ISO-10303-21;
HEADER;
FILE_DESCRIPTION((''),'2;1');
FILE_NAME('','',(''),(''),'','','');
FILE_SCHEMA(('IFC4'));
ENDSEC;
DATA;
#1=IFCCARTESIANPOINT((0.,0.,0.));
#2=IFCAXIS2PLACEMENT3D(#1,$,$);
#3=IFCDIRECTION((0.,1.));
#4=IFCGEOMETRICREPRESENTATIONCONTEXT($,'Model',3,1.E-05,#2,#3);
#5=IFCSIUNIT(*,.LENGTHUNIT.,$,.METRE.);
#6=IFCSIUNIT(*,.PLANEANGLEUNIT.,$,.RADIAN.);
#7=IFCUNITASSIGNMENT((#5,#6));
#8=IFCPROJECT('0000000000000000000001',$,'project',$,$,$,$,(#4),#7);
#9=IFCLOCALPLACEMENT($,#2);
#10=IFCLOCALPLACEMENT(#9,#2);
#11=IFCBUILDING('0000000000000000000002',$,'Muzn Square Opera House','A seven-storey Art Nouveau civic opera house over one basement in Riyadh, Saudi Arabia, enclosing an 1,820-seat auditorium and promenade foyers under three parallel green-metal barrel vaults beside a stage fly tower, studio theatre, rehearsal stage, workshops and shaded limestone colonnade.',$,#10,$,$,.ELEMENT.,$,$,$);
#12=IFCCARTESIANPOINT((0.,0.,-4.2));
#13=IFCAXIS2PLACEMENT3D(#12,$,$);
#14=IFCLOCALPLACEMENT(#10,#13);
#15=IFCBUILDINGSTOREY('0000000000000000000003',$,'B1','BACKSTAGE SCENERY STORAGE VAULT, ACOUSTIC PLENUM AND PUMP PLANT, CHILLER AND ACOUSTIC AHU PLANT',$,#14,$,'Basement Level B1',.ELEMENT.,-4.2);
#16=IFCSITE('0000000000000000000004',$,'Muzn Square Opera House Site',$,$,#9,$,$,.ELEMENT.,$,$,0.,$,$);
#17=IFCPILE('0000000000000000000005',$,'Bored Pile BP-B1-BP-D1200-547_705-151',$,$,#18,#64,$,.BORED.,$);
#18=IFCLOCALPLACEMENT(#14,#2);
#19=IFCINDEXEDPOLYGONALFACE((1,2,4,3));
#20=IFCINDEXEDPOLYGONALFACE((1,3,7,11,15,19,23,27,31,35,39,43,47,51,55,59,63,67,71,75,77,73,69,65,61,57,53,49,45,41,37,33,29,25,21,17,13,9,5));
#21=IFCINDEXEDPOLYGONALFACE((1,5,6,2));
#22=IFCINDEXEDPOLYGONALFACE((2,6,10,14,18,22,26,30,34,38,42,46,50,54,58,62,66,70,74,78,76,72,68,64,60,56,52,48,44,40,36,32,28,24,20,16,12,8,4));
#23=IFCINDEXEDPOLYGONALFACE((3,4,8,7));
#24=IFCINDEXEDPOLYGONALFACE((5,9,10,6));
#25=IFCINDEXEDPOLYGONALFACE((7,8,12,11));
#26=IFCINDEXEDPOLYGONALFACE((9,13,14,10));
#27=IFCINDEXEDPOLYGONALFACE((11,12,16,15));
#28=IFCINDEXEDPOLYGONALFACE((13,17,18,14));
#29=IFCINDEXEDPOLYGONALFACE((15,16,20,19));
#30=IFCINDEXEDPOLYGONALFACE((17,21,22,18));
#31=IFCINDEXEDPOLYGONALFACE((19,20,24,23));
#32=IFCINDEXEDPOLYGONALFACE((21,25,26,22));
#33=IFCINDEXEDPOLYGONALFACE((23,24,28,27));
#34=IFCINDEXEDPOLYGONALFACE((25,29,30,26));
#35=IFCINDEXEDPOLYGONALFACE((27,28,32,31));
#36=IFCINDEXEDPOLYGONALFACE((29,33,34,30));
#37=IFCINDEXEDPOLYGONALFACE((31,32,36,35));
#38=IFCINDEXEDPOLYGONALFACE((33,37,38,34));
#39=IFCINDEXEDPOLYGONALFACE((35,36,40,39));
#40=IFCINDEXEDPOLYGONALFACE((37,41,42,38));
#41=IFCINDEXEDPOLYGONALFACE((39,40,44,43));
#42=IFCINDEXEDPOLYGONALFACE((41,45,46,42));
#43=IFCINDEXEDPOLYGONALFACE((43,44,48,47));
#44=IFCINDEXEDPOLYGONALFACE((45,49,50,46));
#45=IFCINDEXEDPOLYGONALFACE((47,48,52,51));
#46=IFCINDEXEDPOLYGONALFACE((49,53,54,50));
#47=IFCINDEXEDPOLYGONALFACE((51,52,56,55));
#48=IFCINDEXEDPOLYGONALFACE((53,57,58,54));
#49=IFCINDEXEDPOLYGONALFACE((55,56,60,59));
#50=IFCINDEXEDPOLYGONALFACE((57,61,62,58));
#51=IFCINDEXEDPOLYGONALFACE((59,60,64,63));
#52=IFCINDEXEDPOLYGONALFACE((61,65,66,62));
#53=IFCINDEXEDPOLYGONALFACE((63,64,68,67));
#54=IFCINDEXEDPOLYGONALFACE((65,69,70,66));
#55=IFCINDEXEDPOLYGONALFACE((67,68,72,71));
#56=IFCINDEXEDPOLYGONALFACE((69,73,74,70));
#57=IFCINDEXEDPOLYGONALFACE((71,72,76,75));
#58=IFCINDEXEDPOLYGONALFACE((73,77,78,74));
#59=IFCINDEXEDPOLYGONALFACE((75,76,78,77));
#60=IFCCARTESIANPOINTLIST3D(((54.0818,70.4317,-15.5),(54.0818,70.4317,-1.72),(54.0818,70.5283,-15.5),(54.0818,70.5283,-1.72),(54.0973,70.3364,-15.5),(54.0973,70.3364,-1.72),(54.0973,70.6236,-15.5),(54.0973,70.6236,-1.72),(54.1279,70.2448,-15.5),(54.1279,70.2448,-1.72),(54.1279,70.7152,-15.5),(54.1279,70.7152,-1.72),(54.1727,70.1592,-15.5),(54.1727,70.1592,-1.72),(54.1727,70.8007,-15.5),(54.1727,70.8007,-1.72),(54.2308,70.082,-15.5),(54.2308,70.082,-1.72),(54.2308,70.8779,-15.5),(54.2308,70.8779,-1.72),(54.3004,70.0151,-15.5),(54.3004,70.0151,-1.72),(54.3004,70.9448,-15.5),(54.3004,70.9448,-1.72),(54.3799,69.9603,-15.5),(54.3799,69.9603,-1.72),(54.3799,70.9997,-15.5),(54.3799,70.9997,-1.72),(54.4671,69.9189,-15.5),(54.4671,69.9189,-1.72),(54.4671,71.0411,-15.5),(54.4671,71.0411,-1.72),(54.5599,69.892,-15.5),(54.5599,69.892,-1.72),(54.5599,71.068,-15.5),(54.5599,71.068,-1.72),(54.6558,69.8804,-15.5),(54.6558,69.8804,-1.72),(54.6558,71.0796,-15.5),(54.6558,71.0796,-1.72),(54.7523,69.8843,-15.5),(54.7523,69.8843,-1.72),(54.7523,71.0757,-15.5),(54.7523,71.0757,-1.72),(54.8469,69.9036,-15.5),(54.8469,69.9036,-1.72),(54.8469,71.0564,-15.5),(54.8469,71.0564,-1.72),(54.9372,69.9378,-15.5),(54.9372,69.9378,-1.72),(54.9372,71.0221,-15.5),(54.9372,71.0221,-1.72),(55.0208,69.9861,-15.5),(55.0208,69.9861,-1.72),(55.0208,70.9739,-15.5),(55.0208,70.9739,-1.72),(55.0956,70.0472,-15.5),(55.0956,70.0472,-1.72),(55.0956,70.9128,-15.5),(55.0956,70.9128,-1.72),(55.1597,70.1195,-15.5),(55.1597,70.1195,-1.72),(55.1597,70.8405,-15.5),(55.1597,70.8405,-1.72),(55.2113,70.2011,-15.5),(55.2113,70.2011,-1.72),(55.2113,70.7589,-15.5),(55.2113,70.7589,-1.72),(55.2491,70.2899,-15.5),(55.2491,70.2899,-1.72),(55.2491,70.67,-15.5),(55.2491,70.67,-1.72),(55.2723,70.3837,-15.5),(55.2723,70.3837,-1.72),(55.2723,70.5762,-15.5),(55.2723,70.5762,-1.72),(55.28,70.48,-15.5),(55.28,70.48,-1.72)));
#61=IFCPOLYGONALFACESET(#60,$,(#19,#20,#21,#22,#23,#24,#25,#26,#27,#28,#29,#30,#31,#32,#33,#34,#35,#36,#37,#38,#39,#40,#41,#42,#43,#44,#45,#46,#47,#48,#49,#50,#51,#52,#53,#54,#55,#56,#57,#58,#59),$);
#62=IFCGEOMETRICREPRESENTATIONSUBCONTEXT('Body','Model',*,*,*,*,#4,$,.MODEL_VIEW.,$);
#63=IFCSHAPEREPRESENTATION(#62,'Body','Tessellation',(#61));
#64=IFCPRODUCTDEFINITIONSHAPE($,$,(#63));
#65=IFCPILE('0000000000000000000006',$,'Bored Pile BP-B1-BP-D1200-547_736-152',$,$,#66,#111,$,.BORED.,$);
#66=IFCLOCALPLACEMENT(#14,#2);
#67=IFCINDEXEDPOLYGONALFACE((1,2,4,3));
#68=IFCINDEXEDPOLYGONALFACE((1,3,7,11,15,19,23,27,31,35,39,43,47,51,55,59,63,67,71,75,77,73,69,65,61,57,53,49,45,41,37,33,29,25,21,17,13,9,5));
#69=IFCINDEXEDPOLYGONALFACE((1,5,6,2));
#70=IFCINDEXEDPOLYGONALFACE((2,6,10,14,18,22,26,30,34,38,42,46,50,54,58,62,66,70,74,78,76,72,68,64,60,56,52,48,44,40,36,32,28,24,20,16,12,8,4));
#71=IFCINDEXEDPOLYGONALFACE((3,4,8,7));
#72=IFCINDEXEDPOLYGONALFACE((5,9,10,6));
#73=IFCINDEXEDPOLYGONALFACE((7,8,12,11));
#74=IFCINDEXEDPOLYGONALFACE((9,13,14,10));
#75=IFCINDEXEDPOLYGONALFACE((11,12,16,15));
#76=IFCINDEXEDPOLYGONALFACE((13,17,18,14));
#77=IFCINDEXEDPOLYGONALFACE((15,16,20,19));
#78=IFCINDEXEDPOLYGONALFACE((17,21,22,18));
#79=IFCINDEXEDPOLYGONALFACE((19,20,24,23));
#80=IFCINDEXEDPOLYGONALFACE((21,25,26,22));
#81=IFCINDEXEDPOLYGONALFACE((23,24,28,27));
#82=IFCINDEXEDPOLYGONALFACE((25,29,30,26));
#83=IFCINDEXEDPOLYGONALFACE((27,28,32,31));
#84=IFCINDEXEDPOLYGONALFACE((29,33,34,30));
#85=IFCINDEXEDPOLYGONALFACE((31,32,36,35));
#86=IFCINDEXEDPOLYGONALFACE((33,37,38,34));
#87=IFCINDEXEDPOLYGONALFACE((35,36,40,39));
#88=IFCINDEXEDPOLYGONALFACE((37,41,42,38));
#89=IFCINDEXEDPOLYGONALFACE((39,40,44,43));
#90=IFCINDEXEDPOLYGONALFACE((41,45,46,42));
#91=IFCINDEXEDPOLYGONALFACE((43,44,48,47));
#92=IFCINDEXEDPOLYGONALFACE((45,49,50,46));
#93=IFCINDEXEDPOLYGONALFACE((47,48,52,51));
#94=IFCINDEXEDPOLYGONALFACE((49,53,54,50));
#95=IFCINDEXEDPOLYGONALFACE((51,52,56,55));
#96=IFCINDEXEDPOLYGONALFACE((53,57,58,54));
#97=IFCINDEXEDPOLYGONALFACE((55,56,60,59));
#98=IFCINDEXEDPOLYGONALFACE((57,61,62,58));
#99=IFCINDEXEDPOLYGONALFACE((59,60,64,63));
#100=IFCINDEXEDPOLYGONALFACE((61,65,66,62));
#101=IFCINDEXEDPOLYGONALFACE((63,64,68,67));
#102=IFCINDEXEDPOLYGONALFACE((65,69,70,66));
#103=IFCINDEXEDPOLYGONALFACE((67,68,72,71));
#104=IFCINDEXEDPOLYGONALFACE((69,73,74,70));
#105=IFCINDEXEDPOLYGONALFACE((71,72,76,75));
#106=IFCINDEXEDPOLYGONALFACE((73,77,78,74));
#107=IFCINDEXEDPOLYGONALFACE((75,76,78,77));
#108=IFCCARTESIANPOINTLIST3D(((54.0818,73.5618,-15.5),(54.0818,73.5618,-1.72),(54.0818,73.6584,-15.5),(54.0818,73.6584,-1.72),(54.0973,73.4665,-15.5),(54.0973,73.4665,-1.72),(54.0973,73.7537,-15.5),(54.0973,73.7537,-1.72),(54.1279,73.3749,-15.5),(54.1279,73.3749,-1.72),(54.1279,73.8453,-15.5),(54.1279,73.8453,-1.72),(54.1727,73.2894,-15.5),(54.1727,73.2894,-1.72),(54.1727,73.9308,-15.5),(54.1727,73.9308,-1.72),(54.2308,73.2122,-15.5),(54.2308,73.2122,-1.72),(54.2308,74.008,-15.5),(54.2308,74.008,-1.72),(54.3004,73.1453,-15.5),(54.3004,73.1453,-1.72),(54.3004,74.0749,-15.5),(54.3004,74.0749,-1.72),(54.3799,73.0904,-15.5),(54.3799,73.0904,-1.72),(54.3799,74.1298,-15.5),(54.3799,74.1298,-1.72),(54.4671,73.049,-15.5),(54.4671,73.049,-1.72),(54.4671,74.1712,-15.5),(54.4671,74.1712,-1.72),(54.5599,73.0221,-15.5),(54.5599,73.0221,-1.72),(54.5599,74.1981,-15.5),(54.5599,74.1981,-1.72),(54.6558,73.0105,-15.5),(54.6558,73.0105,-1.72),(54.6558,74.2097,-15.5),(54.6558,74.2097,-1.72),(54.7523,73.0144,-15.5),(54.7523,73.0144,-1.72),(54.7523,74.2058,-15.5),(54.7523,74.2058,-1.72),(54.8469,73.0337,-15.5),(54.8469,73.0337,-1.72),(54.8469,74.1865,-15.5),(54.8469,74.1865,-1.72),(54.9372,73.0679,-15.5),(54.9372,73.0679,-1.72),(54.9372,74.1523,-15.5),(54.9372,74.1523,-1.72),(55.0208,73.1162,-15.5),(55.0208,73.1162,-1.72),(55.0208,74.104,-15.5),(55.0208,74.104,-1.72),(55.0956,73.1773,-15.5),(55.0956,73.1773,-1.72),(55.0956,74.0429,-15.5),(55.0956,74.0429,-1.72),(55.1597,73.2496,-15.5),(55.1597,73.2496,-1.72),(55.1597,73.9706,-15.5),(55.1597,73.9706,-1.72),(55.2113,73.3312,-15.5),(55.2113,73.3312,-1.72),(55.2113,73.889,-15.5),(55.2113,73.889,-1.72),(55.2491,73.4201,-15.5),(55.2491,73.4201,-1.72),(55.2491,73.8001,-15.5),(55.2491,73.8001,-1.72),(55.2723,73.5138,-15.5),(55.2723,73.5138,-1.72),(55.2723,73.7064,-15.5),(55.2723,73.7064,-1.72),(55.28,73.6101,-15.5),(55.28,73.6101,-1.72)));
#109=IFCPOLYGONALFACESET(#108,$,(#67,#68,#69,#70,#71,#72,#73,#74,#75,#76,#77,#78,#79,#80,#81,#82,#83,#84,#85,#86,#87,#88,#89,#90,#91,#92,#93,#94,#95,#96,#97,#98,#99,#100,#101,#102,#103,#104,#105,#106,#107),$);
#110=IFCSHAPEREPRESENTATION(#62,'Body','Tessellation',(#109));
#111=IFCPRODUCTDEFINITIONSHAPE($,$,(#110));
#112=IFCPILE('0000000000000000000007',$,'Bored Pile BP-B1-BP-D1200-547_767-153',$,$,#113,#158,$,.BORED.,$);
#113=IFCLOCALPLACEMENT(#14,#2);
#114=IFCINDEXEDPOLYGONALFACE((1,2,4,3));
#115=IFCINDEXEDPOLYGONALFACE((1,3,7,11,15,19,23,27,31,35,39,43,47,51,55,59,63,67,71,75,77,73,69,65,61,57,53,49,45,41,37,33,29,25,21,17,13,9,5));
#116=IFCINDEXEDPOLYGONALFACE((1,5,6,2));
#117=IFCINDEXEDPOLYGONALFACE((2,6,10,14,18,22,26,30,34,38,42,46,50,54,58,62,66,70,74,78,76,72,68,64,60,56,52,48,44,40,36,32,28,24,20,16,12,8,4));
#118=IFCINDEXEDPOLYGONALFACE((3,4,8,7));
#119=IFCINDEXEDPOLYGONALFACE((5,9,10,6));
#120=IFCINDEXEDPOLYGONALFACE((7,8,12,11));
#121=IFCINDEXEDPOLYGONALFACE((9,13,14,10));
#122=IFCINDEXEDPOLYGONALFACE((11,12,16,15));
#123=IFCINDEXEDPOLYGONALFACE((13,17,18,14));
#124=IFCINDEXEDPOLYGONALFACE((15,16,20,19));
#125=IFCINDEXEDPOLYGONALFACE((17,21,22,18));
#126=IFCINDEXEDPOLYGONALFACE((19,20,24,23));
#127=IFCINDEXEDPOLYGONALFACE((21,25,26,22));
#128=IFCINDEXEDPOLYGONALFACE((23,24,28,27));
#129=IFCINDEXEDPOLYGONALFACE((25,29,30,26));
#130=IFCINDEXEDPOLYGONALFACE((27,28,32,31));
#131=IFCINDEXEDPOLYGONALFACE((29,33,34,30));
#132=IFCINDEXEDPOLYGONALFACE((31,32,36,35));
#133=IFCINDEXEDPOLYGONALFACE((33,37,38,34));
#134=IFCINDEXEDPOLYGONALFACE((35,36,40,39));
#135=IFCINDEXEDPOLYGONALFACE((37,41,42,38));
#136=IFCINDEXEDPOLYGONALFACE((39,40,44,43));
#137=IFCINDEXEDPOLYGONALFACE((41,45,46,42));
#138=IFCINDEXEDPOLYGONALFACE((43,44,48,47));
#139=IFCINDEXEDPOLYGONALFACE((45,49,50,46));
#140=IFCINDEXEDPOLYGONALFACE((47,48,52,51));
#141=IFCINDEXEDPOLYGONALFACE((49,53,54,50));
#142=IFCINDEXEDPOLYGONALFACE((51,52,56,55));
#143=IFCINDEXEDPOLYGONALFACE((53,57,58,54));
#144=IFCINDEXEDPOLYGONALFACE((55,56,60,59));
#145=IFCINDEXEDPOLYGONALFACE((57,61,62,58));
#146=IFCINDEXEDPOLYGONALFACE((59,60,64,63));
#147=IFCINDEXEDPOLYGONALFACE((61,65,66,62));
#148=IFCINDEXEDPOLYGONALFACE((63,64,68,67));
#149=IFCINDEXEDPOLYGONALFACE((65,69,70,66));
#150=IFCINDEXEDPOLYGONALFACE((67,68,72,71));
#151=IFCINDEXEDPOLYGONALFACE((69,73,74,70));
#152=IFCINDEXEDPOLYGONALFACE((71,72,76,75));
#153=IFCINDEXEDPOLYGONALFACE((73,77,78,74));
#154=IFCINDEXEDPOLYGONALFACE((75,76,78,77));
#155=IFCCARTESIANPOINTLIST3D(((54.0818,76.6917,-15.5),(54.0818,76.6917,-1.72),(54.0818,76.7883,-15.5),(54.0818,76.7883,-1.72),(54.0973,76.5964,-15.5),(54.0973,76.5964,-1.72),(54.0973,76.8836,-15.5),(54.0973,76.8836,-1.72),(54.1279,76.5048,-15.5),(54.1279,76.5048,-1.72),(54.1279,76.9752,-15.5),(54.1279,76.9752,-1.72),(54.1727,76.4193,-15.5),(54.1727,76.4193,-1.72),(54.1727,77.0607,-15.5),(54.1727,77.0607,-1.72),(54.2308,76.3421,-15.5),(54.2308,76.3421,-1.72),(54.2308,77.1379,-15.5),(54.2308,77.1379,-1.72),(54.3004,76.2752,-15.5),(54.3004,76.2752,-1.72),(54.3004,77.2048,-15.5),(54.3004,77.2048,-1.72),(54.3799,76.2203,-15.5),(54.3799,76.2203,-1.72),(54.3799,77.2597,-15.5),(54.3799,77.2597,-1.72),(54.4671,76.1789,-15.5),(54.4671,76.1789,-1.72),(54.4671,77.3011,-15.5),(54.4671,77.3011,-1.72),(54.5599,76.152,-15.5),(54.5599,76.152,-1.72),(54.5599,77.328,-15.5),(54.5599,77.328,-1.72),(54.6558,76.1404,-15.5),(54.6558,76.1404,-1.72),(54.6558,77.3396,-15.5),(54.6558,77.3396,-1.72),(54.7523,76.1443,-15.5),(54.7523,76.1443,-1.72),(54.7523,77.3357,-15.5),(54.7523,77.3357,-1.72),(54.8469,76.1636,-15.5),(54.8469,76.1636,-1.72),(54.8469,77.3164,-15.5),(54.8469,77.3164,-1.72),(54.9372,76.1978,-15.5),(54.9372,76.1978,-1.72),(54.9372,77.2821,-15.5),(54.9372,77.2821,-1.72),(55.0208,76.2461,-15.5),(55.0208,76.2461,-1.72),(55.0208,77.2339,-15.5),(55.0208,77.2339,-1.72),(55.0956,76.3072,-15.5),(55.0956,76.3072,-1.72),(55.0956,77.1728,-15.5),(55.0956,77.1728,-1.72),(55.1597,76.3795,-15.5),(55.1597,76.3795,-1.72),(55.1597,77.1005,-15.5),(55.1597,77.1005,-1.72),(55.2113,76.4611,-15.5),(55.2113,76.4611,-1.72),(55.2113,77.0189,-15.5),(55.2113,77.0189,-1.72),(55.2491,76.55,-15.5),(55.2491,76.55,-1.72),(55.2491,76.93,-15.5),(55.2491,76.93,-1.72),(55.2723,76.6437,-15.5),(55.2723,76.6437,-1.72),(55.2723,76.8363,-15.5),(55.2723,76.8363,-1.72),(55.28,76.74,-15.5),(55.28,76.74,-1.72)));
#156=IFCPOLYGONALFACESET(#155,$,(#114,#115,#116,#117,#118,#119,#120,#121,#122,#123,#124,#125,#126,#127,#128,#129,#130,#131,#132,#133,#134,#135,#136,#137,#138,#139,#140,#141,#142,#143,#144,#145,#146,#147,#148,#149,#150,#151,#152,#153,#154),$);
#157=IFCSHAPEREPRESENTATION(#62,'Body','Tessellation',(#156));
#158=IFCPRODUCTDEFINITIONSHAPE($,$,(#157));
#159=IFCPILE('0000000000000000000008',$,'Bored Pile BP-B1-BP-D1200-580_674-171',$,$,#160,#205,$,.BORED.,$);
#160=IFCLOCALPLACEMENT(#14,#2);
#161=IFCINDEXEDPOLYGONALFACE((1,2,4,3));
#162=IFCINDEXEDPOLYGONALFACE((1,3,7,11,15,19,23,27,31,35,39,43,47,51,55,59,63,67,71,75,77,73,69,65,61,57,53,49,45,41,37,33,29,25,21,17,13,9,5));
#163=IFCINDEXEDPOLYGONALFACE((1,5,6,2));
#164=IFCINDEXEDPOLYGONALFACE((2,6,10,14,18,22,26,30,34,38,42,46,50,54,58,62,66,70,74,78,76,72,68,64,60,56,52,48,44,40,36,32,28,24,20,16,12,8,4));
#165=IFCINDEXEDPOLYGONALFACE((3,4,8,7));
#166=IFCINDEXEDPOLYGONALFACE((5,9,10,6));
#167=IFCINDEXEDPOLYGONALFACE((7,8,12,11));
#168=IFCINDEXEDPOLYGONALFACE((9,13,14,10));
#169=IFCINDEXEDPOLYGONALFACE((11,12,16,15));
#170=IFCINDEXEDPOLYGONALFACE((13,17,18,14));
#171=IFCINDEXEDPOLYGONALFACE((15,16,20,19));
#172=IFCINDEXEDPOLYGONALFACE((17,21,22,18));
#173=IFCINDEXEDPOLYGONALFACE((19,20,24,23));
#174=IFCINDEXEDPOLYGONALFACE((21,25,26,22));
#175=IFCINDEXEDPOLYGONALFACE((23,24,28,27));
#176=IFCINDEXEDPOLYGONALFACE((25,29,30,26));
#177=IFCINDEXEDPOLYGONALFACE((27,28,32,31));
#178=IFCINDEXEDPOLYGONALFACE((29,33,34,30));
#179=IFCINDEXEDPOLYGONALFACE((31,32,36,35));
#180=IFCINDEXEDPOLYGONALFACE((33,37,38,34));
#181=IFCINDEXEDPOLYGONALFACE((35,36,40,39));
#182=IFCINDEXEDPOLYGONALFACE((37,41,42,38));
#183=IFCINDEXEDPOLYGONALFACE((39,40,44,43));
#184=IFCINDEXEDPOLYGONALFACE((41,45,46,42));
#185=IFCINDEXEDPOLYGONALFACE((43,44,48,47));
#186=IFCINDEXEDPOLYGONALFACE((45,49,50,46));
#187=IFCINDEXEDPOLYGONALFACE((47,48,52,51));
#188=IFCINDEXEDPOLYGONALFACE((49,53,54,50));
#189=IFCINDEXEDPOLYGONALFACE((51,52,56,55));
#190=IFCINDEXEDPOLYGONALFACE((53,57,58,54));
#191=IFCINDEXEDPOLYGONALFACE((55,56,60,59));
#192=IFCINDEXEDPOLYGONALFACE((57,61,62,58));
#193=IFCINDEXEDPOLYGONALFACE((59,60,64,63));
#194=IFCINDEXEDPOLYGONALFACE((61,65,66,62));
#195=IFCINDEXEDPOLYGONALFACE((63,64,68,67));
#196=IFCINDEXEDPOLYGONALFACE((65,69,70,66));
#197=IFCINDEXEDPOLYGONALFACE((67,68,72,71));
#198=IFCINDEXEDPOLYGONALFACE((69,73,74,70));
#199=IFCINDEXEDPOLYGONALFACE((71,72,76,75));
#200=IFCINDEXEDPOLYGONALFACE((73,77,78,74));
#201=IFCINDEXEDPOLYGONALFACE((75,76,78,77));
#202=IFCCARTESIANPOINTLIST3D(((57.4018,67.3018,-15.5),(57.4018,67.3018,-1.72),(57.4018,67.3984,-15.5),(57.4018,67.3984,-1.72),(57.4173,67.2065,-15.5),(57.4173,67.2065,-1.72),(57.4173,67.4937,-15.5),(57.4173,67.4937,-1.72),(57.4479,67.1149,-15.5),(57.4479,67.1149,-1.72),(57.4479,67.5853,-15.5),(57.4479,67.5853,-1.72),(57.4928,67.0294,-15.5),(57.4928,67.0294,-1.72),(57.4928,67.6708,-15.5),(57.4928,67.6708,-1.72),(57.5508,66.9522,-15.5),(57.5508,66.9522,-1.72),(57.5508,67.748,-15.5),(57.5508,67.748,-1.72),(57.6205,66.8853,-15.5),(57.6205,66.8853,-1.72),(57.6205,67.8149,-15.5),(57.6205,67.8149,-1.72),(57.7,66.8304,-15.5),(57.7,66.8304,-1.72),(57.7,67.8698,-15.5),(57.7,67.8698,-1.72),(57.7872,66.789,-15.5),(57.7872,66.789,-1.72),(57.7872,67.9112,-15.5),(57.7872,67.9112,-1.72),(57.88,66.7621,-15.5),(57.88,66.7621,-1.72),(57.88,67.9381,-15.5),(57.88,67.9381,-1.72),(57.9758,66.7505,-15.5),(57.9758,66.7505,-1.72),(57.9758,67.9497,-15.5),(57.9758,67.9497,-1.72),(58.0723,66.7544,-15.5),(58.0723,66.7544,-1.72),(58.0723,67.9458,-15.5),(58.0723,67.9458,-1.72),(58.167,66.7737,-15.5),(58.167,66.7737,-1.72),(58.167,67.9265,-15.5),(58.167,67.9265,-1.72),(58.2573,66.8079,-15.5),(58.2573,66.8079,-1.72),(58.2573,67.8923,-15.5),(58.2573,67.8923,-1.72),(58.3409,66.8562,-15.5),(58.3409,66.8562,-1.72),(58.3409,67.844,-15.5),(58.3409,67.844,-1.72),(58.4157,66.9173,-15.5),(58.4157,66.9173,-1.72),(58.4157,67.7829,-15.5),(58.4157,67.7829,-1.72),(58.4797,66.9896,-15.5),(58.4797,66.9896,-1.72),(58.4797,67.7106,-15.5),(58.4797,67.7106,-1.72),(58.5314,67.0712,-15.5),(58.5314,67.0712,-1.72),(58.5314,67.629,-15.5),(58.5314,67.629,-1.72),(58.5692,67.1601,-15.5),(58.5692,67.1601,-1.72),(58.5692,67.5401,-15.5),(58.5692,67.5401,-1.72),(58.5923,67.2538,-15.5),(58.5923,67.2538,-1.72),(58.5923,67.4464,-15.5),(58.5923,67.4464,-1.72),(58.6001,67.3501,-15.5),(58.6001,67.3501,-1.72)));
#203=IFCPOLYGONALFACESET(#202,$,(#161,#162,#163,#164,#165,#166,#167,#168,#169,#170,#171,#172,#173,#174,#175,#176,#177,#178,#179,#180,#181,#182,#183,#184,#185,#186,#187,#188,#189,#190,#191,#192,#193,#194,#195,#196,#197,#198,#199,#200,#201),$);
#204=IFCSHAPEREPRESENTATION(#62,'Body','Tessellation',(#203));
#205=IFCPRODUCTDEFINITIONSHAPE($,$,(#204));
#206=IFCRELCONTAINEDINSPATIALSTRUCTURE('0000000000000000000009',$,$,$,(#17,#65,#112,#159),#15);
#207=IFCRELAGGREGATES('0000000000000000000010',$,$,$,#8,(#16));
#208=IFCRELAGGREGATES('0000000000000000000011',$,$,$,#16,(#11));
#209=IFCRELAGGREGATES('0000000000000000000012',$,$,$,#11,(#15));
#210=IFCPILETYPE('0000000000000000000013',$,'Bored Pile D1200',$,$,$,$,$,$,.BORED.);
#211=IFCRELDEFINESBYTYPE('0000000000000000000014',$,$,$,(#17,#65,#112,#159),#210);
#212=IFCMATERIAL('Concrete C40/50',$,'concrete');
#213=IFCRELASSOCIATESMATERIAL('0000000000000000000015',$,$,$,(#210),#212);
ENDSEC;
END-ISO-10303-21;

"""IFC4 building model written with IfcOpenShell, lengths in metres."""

from ifc_helpers import new_model, si_unit, direction, frame, origin, origin_2d, place, context, subcontext, project, spatial, circle, extrude, material, material_profile, profile_set, type_object, element, save


model = new_model("IFC4")

# Units and contexts
model_context = context("Model", 3, precision=1e-05, world=origin(), true_north=direction((0.0, 1.0)))
body_context = subcontext(model_context, "Body", "Model", "MODEL_VIEW")
ifc_project = project(units=[si_unit("LENGTHUNIT", "METRE"), si_unit("PLANEANGLEUNIT", "RADIAN")], contexts=[model_context])

# Site, building, storey
site_placement = place(None, origin())
site = spatial("IfcSite", under=ifc_project, at=site_placement, Name="Muzn Square Opera House Site", CompositionType="ELEMENT", RefElevation=0.0)
building_placement = place(site_placement, origin())
building = spatial("IfcBuilding", under=site, at=building_placement, Name="Muzn Square Opera House", Description="A seven-storey Art Nouveau civic opera house over one basement in Riyadh, Saudi Arabia, enclosing an 1,820-seat auditorium and promenade foyers under three parallel green-metal barrel vaults beside a stage fly tower, studio theatre, rehearsal stage, workshops and shaded limestone colonnade.", CompositionType="ELEMENT")
storey_placement = place(building_placement, frame((0.0, 0.0, -4.2)))
storey = spatial("IfcBuildingStorey", under=building, at=storey_placement, Name="B1", Description="BACKSTAGE SCENERY STORAGE VAULT, ACOUSTIC PLENUM AND PUMP PLANT, CHILLER AND ACOUSTIC AHU PLANT", LongName="Basement Level B1", CompositionType="ELEMENT", Elevation=-4.2)

# Piles
ifc_material_1 = material(Name="Concrete C40/50", Category="concrete")
ifc_material_profile_1 = material_profile(ifc_material_1, circle(Radius=0.6001, at=origin_2d()), Name="BORED PILE D1200", Category="concrete")
ifc_profile_set_1 = profile_set([ifc_material_profile_1], Name="Concrete C40/50")
pile_type = type_object("IfcPileType", Name="Bored Pile D1200", PredefinedType="BORED", material=ifc_profile_set_1)
for number, where, z_axis, x_axis, name in (
    (1, (54.6799, 70.48, -1.72), (0.0, 0.0, -1.0), (1.0, 0.0, 0.0), "Bored Pile BP-B1-BP-D1200-547_705-151"),
    (2, (54.6799, 73.6101, -1.72), (0.0, 0.0, -1.0), (1.0, 0.0, 0.0), "Bored Pile BP-B1-BP-D1200-547_736-152"),
    (3, (54.6799, 76.74, -1.72), (0.0, 0.0, -1.0), (1.0, 0.0, 0.0), "Bored Pile BP-B1-BP-D1200-547_767-153"),
    (4, (58.0, 67.3501, -1.72), (0.0, 0.0, -1.0), (1.0, 0.0, 0.0), "Bored Pile BP-B1-BP-D1200-580_674-171"),
):
    element("IfcPile", number, at=place(storey_placement, frame(where, z_axis=z_axis, x_axis=x_axis)), inside=storey, type_object=pile_type, Name=name, PredefinedType="BORED", context=body_context, shape_type="SweptSolid", body=[
        extrude(circle(Radius=0.6001, at=origin_2d()), origin(), (0.0, 0.0, 1.0), 13.78),
    ])

save(model, "model.ifc")
